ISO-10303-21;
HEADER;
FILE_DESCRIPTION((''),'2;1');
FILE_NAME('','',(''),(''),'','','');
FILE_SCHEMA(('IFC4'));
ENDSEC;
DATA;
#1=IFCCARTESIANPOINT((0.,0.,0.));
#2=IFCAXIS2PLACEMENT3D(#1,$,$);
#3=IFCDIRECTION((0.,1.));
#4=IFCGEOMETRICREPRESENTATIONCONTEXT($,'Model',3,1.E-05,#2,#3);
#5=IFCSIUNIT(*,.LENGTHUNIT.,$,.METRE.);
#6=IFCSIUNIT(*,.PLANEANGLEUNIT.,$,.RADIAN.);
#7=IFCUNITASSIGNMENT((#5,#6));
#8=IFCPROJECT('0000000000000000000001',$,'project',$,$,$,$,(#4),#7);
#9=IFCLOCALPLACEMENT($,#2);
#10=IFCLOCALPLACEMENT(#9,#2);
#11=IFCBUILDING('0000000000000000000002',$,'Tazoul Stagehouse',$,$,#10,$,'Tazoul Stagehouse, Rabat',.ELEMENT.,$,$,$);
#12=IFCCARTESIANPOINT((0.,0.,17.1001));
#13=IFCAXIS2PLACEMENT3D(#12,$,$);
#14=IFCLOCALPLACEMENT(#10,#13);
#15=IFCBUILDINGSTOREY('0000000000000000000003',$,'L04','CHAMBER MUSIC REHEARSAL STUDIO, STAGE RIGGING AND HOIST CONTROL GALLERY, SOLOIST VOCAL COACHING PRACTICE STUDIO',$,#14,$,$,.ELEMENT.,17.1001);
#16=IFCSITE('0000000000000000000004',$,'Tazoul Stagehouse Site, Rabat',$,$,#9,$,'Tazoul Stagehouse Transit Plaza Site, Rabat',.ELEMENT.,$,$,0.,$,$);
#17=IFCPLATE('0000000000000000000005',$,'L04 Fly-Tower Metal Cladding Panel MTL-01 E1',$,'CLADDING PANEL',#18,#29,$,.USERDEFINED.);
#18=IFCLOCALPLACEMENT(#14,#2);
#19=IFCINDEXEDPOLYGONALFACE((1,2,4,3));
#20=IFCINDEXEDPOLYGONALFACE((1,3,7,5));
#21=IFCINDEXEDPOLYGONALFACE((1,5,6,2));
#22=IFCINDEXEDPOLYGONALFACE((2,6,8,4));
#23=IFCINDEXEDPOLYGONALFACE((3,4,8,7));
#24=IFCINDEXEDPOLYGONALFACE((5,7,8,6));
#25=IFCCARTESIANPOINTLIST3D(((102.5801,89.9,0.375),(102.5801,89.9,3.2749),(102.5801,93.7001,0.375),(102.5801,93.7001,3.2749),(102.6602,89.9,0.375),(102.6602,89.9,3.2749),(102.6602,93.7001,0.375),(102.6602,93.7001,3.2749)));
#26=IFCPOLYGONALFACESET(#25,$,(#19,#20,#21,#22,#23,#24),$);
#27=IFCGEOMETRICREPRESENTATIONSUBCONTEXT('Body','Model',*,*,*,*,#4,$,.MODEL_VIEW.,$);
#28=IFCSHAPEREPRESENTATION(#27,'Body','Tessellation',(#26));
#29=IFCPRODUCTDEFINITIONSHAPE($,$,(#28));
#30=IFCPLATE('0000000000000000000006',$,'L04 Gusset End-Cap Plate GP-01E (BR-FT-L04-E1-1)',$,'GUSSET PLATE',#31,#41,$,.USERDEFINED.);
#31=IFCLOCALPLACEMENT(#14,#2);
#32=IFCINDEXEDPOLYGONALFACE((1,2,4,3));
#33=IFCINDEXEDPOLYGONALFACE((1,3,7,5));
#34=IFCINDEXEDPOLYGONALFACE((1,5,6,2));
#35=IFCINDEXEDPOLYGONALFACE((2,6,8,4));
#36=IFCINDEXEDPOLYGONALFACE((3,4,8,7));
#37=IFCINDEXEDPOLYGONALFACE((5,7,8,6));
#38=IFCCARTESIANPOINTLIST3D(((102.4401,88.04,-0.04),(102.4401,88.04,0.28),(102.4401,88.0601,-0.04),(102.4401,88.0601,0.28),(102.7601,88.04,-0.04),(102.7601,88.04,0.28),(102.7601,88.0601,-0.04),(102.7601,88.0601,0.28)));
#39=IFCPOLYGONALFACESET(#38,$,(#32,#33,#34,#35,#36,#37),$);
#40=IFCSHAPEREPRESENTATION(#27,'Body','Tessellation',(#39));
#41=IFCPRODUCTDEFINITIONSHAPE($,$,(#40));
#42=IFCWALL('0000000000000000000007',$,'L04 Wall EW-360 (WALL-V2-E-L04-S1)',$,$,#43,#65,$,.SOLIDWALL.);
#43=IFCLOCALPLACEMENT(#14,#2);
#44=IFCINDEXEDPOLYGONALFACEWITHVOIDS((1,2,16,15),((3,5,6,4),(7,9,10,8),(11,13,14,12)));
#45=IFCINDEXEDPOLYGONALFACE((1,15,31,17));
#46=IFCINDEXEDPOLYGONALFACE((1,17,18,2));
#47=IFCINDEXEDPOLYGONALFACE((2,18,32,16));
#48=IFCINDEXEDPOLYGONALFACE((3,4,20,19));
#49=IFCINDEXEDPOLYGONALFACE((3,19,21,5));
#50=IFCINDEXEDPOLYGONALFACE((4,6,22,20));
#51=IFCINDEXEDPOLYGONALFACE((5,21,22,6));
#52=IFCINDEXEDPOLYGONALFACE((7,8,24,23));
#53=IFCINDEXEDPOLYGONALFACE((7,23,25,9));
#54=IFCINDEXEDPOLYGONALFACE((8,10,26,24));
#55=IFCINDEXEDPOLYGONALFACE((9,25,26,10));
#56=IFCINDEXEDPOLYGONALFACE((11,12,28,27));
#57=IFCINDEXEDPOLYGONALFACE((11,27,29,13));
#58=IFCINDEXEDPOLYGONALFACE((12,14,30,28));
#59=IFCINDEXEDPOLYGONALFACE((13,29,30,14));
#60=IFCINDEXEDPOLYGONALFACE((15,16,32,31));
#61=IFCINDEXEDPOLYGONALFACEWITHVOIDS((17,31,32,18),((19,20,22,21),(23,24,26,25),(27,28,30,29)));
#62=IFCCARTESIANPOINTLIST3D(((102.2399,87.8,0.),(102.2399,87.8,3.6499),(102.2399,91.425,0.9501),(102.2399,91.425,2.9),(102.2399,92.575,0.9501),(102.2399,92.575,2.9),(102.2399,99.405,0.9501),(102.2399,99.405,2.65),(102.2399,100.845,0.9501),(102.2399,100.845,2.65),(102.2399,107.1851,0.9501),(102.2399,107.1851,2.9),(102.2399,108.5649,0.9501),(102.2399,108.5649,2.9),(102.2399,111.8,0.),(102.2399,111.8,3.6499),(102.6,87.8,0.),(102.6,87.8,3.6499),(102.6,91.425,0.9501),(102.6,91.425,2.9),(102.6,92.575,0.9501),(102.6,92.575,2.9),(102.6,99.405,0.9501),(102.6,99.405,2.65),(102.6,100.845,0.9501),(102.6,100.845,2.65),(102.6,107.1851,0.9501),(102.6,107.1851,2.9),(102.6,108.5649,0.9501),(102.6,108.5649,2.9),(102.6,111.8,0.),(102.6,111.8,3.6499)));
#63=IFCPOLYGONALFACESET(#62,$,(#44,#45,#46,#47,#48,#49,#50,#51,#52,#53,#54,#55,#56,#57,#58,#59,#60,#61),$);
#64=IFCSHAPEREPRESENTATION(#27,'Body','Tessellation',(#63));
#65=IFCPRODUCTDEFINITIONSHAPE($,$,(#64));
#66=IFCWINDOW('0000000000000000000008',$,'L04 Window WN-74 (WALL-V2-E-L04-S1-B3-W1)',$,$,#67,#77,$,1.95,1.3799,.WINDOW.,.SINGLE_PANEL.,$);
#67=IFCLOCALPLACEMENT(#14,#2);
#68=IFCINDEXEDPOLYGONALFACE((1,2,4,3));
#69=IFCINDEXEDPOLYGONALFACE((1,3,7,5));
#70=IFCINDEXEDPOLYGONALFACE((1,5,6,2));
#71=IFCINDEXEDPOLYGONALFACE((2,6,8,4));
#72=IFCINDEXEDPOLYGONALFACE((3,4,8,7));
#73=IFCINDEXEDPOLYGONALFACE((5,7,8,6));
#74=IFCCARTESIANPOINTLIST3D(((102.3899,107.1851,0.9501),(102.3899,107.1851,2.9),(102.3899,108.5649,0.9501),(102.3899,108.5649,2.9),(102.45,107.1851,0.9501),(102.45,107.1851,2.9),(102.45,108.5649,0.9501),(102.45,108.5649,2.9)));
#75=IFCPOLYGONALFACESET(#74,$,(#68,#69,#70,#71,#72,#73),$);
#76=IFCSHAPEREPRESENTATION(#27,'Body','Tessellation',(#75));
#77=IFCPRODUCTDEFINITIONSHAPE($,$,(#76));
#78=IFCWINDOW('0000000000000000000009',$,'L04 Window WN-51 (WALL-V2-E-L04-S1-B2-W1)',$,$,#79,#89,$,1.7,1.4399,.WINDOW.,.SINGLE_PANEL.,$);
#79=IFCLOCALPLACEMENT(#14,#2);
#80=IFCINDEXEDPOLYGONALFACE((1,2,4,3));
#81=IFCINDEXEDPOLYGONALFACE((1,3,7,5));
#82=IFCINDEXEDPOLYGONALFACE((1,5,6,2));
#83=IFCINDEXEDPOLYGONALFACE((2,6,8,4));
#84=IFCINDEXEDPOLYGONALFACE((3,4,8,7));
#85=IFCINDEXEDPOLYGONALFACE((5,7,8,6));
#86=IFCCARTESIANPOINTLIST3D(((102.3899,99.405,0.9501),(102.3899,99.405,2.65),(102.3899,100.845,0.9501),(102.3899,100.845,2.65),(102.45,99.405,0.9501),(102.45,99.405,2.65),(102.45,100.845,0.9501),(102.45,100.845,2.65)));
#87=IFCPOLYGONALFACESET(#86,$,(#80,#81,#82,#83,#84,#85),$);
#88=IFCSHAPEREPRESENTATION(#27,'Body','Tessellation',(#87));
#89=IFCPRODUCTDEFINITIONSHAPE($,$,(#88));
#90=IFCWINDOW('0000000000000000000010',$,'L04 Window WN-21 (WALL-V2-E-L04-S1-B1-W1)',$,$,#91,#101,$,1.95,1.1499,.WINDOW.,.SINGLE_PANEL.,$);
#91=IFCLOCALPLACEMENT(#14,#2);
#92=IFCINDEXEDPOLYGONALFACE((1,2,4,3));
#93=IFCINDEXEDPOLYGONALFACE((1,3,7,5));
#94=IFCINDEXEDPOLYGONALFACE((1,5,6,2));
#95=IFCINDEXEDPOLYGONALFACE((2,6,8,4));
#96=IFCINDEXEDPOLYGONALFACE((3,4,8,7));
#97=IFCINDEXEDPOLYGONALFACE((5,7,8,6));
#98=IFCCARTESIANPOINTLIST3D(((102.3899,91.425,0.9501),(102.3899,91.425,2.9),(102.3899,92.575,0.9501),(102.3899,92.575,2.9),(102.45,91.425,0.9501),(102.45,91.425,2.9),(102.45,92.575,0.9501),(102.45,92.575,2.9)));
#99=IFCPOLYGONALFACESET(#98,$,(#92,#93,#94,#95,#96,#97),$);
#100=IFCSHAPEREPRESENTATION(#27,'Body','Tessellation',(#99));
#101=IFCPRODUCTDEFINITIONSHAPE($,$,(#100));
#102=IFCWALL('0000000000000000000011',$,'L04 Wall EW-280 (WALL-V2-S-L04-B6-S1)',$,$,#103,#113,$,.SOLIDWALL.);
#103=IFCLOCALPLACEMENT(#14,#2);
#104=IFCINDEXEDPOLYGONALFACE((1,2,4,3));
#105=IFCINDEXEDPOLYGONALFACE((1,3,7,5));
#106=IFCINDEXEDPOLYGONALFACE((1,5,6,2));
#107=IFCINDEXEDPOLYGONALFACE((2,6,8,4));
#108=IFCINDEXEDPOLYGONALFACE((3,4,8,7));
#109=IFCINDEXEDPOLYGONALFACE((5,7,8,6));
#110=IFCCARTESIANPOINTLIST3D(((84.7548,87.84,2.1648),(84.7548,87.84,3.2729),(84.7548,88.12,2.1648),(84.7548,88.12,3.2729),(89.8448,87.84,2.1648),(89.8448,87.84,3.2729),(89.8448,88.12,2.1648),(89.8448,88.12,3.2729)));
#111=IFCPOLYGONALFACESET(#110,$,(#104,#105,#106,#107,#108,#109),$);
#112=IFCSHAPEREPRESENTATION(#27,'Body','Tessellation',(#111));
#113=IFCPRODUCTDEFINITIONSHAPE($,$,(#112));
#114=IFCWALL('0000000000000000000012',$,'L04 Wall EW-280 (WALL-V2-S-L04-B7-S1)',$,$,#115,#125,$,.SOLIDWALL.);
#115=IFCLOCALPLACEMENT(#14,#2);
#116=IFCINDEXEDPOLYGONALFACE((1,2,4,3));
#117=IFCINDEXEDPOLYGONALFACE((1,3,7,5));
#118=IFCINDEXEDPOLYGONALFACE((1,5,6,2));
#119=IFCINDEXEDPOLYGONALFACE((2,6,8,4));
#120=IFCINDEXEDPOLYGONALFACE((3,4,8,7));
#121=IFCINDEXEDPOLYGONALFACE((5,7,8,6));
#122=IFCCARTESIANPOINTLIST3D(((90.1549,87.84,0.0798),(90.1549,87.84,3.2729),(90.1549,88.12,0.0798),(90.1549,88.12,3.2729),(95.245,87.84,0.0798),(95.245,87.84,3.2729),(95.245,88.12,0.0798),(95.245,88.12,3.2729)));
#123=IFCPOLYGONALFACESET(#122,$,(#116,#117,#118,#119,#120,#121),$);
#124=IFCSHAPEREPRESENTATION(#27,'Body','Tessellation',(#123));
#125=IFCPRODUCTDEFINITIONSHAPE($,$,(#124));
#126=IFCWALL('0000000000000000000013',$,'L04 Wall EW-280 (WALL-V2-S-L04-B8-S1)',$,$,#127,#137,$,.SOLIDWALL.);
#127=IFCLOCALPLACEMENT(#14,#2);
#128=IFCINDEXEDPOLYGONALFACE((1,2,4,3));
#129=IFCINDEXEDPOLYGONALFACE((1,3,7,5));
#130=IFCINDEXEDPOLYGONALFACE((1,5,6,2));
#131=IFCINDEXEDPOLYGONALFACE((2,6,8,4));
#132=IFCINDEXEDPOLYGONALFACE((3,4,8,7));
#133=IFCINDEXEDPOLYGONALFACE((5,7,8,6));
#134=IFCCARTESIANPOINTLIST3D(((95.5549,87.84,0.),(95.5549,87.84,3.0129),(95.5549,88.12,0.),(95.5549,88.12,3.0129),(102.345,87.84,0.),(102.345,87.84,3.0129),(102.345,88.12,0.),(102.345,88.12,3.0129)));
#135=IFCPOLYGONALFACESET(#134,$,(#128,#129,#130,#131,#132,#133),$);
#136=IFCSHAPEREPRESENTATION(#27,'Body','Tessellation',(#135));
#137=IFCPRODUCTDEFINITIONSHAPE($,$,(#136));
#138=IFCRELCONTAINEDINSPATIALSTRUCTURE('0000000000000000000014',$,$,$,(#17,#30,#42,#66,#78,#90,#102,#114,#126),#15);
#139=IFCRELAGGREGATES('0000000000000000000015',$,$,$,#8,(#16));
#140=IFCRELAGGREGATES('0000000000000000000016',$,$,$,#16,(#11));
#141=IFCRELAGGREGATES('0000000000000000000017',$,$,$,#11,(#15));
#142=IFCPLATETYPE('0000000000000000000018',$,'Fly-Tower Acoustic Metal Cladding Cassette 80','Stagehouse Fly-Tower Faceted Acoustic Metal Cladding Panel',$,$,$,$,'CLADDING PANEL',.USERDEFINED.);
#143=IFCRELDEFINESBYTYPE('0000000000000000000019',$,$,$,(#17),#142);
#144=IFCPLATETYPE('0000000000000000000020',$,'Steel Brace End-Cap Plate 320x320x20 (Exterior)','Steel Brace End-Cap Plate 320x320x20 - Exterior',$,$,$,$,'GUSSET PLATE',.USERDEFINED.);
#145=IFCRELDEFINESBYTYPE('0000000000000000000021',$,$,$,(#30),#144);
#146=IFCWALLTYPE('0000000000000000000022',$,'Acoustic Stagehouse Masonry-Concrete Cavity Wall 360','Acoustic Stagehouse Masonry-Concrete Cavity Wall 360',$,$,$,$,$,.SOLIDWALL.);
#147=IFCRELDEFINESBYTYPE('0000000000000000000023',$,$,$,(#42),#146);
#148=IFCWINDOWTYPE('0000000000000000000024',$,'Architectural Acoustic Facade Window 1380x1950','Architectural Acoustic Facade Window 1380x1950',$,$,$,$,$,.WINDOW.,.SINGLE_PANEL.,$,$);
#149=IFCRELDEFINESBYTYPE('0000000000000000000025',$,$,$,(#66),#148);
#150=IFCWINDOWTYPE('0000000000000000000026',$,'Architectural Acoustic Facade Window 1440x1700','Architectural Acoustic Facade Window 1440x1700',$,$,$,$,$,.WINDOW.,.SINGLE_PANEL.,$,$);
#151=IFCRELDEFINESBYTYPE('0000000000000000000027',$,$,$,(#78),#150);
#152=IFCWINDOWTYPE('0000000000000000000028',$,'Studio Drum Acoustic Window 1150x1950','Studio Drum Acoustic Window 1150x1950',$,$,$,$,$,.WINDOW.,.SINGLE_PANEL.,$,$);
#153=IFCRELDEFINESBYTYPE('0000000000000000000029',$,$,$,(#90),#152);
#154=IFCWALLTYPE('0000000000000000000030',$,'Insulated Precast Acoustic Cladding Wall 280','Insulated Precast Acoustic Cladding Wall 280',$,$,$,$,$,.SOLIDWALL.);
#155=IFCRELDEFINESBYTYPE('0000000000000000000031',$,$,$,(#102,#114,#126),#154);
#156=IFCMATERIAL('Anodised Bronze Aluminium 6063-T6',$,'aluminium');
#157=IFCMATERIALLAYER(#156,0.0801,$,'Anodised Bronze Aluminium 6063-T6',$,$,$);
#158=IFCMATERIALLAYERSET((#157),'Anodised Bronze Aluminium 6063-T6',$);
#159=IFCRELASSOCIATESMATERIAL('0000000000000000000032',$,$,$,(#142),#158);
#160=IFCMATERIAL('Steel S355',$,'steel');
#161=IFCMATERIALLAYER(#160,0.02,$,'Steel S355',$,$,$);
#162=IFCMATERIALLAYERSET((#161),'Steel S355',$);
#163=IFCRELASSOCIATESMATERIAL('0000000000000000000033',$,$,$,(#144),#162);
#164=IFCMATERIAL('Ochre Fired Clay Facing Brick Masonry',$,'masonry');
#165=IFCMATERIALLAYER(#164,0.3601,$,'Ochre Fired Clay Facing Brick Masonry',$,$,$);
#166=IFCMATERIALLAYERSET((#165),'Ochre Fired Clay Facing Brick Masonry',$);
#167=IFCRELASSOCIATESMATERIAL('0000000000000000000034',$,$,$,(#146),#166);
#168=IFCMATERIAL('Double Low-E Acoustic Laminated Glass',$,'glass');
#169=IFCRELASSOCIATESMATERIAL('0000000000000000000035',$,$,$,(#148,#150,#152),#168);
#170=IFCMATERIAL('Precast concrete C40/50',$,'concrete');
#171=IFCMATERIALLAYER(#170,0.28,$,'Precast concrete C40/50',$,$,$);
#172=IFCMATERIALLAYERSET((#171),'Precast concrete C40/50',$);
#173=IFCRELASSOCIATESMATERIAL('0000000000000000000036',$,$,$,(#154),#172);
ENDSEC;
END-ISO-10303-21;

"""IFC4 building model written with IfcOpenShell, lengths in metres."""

from ifc_helpers import new_model, si_unit, direction, frame, frame_2d, origin, origin_2d, place, context, subcontext, project, spatial, rectangle, extrude, material, layer, layer_set, type_object, element, fill, save


model = new_model("IFC4")

# Units and contexts
model_context = context("Model", 3, precision=1e-05, world=origin(), true_north=direction((0.0, 1.0)))
body_context = subcontext(model_context, "Body", "Model", "MODEL_VIEW")
ifc_project = project(units=[si_unit("LENGTHUNIT", "METRE"), si_unit("PLANEANGLEUNIT", "RADIAN")], contexts=[model_context])

# Site, building, storey
site_placement = place(None, origin())
site = spatial("IfcSite", under=ifc_project, at=site_placement, Name="Tazoul Stagehouse Site, Rabat", LongName="Tazoul Stagehouse Transit Plaza Site, Rabat", CompositionType="ELEMENT", RefElevation=0.0)
building_placement = place(site_placement, origin())
building = spatial("IfcBuilding", under=site, at=building_placement, Name="Tazoul Stagehouse", LongName="Tazoul Stagehouse, Rabat", CompositionType="ELEMENT")
storey_placement = place(building_placement, frame((0.0, 0.0, 17.1001)))
storey = spatial("IfcBuildingStorey", under=building, at=storey_placement, Name="L04", Description="CHAMBER MUSIC REHEARSAL STUDIO, STAGE RIGGING AND HOIST CONTROL GALLERY, SOLOIST VOCAL COACHING PRACTICE STUDIO", CompositionType="ELEMENT", Elevation=17.1001)

# Shared definitions
ifc_material_1 = material(Name="Steel S355", Category="steel")

# Plates
ifc_material_2 = material(Name="Anodised Bronze Aluminium 6063-T6", Category="aluminium")
ifc_layer_1 = layer(ifc_material_2, 0.0801, Name="Anodised Bronze Aluminium 6063-T6")
ifc_layer_set_1 = layer_set([ifc_layer_1], Name="Anodised Bronze Aluminium 6063-T6")
plate_type_1 = type_object("IfcPlateType", Name="Fly-Tower Acoustic Metal Cladding Cassette 80", Description="Stagehouse Fly-Tower Faceted Acoustic Metal Cladding Panel", ElementType="CLADDING PANEL", PredefinedType="USERDEFINED", material=ifc_layer_set_1)
plate_1_placement = place(storey_placement, frame((102.6201, 91.8, 0.375), z_axis=(0.0, 0.0, 1.0), x_axis=(0.0, 1.0, 0.0)))
element("IfcPlate", 1, at=plate_1_placement, inside=storey, type_object=plate_type_1, Name="L04 Fly-Tower Metal Cladding Panel MTL-01 E1", ObjectType="CLADDING PANEL", PredefinedType="USERDEFINED", context=body_context, shape_type="SweptSolid", body=[
    extrude(rectangle(XDim=3.8, YDim=0.0801, at=origin_2d()), origin(), (0.0, 0.0, 1.0), 2.8999),
])
ifc_layer_2 = layer(ifc_material_1, 0.02, Name="Steel S355")
ifc_layer_set_2 = layer_set([ifc_layer_2], Name="Steel S355")
plate_type_2 = type_object("IfcPlateType", Name="Steel Brace End-Cap Plate 320x320x20 (Exterior)", Description="Steel Brace End-Cap Plate 320x320x20 - Exterior", ElementType="GUSSET PLATE", PredefinedType="USERDEFINED", material=ifc_layer_set_2)
plate_2_placement = place(storey_placement, frame((102.6001, 88.05, -0.04), z_axis=(0.0, 0.0, 1.0), x_axis=(0.0, 1.0, 0.0)))
element("IfcPlate", 2, at=plate_2_placement, inside=storey, type_object=plate_type_2, Name="L04 Gusset End-Cap Plate GP-01E (BR-FT-L04-E1-1)", ObjectType="GUSSET PLATE", PredefinedType="USERDEFINED", context=body_context, shape_type="SweptSolid", body=[
    extrude(rectangle(XDim=0.02, YDim=0.3201, at=origin_2d()), origin(), (0.0, 0.0, 1.0), 0.3201),
])

# Wall, openings, windows
ifc_material_3 = material(Name="Ochre Fired Clay Facing Brick Masonry", Category="masonry")
ifc_layer_3 = layer(ifc_material_3, 0.3601, Name="Ochre Fired Clay Facing Brick Masonry")
ifc_layer_set_3 = layer_set([ifc_layer_3], Name="Ochre Fired Clay Facing Brick Masonry")
wall_type_1 = type_object("IfcWallType", Name="Acoustic Stagehouse Masonry-Concrete Cavity Wall 360", Description="Acoustic Stagehouse Masonry-Concrete Cavity Wall 360", PredefinedType="SOLIDWALL", material=ifc_layer_set_3)
wall_1_placement = place(storey_placement, frame((102.4199, 87.8, 0.0), z_axis=(0.0, 0.0, 1.0), x_axis=(0.0, 1.0, 0.0)))
wall_1 = element("IfcWall", 3, at=wall_1_placement, inside=storey, type_object=wall_type_1, Name="L04 Wall EW-360 (WALL-V2-E-L04-S1)", PredefinedType="SOLIDWALL", context=body_context, shape_type="SweptSolid", body=[
    extrude(rectangle(XDim=24.0, YDim=0.3601, at=frame_2d((12.0, 0.0))), origin(), (0.0, 0.0, 1.0), 3.6499),
])
opening_1_placement = place(wall_1_placement, frame((3.625, 0.0, 0.95)))
opening_1 = element("IfcOpeningElement", 4, at=opening_1_placement, cuts=wall_1, PredefinedType="OPENING", context=body_context, shape_type="SweptSolid", body=[
    extrude(rectangle(XDim=1.1499, YDim=1.95, at=frame_2d((0.575, 0.9751))), frame((0.0, 0.2, 0.0), z_axis=(0.0, -1.0, 0.0), x_axis=(1.0, 0.0, 0.0)), (0.0, 0.0, 1.0), 0.4001),
])
opening_2_placement = place(wall_1_placement, frame((11.605, 0.0, 0.95)))
opening_2 = element("IfcOpeningElement", 5, at=opening_2_placement, cuts=wall_1, PredefinedType="OPENING", context=body_context, shape_type="SweptSolid", body=[
    extrude(rectangle(XDim=1.4399, YDim=1.7, at=frame_2d((0.72, 0.8501))), frame((0.0, 0.2, 0.0), z_axis=(0.0, -1.0, 0.0), x_axis=(1.0, 0.0, 0.0)), (0.0, 0.0, 1.0), 0.4001),
])
opening_3_placement = place(wall_1_placement, frame((19.385, 0.0, 0.95)))
opening_3 = element("IfcOpeningElement", 6, at=opening_3_placement, cuts=wall_1, PredefinedType="OPENING", context=body_context, shape_type="SweptSolid", body=[
    extrude(rectangle(XDim=1.3799, YDim=1.95, at=frame_2d((0.6899, 0.9751))), frame((0.0, 0.2, 0.0), z_axis=(0.0, -1.0, 0.0), x_axis=(1.0, 0.0, 0.0)), (0.0, 0.0, 1.0), 0.4001),
])
ifc_material_4 = material(Name="Double Low-E Acoustic Laminated Glass", Category="glass")
window_type_1 = type_object("IfcWindowType", Name="Architectural Acoustic Facade Window 1380x1950", Description="Architectural Acoustic Facade Window 1380x1950", PartitioningType="SINGLE_PANEL", PredefinedType="WINDOW", material=ifc_material_4)
window_1_placement = place(opening_3_placement, origin())
window_1 = element("IfcWindow", 7, at=window_1_placement, inside=storey, type_object=window_type_1, Name="L04 Window WN-74 (WALL-V2-E-L04-S1-B3-W1)", OverallHeight=1.95, OverallWidth=1.3799, PartitioningType="SINGLE_PANEL", PredefinedType="WINDOW", context=body_context, shape_type="SweptSolid", body=[
    extrude(rectangle(XDim=1.3799, YDim=1.95, at=frame_2d((0.6899, 0.9751))), frame((0.0, 0.03, 0.0), z_axis=(0.0, -1.0, 0.0), x_axis=(1.0, 0.0, 0.0)), (0.0, 0.0, 1.0), 0.0601),
])
fill(opening_3, window_1)
window_type_2 = type_object("IfcWindowType", Name="Architectural Acoustic Facade Window 1440x1700", Description="Architectural Acoustic Facade Window 1440x1700", PartitioningType="SINGLE_PANEL", PredefinedType="WINDOW", material=ifc_material_4)
window_2_placement = place(opening_2_placement, origin())
window_2 = element("IfcWindow", 8, at=window_2_placement, inside=storey, type_object=window_type_2, Name="L04 Window WN-51 (WALL-V2-E-L04-S1-B2-W1)", OverallHeight=1.7, OverallWidth=1.4399, PartitioningType="SINGLE_PANEL", PredefinedType="WINDOW", context=body_context, shape_type="SweptSolid", body=[
    extrude(rectangle(XDim=1.4399, YDim=1.7, at=frame_2d((0.72, 0.8501))), frame((0.0, 0.03, 0.0), z_axis=(0.0, -1.0, 0.0), x_axis=(1.0, 0.0, 0.0)), (0.0, 0.0, 1.0), 0.0601),
])
fill(opening_2, window_2)
window_type_3 = type_object("IfcWindowType", Name="Studio Drum Acoustic Window 1150x1950", Description="Studio Drum Acoustic Window 1150x1950", PartitioningType="SINGLE_PANEL", PredefinedType="WINDOW", material=ifc_material_4)
window_3_placement = place(opening_1_placement, origin())
window_3 = element("IfcWindow", 9, at=window_3_placement, inside=storey, type_object=window_type_3, Name="L04 Window WN-21 (WALL-V2-E-L04-S1-B1-W1)", OverallHeight=1.95, OverallWidth=1.1499, PartitioningType="SINGLE_PANEL", PredefinedType="WINDOW", context=body_context, shape_type="SweptSolid", body=[
    extrude(rectangle(XDim=1.1499, YDim=1.95, at=frame_2d((0.575, 0.9751))), frame((0.0, 0.03, 0.0), z_axis=(0.0, -1.0, 0.0), x_axis=(1.0, 0.0, 0.0)), (0.0, 0.0, 1.0), 0.0601),
])
fill(opening_1, window_3)

# Walls
ifc_material_5 = material(Name="Precast concrete C40/50", Category="concrete")
ifc_layer_4 = layer(ifc_material_5, 0.28, Name="Precast concrete C40/50")
ifc_layer_set_4 = layer_set([ifc_layer_4], Name="Precast concrete C40/50")
wall_type_2 = type_object("IfcWallType", Name="Insulated Precast Acoustic Cladding Wall 280", Description="Insulated Precast Acoustic Cladding Wall 280", PredefinedType="SOLIDWALL", material=ifc_layer_set_4)
wall_2_placement = place(storey_placement, frame((84.7549, 87.98, 2.1648), z_axis=(0.0, 0.0, 1.0), x_axis=(1.0, 0.0, 0.0)))
element("IfcWall", 10, at=wall_2_placement, inside=storey, type_object=wall_type_2, Name="L04 Wall EW-280 (WALL-V2-S-L04-B6-S1)", PredefinedType="SOLIDWALL", context=body_context, shape_type="SweptSolid", body=[
    extrude(rectangle(XDim=5.0901, YDim=0.28, at=frame_2d((2.5449, 0.0))), origin(), (0.0, 0.0, 1.0), 1.1082),
])
wall_3_placement = place(storey_placement, frame((90.155, 87.98, 0.0798), z_axis=(0.0, 0.0, 1.0), x_axis=(1.0, 0.0, 0.0)))
element("IfcWall", 11, at=wall_3_placement, inside=storey, type_object=wall_type_2, Name="L04 Wall EW-280 (WALL-V2-S-L04-B7-S1)", PredefinedType="SOLIDWALL", context=body_context, shape_type="SweptSolid", body=[
    extrude(rectangle(XDim=5.0901, YDim=0.28, at=frame_2d((2.5449, 0.0))), origin(), (0.0, 0.0, 1.0), 3.1931),
])
wall_4_placement = place(storey_placement, frame((95.5549, 87.98, 0.0), z_axis=(0.0, 0.0, 1.0), x_axis=(1.0, 0.0, 0.0)))
element("IfcWall", 12, at=wall_4_placement, inside=storey, type_object=wall_type_2, Name="L04 Wall EW-280 (WALL-V2-S-L04-B8-S1)", PredefinedType="SOLIDWALL", context=body_context, shape_type="SweptSolid", body=[
    extrude(rectangle(XDim=6.79, YDim=0.28, at=frame_2d((3.395, 0.0))), origin(), (0.0, 0.0, 1.0), 3.0129),
])

save(model, "model.ifc")
